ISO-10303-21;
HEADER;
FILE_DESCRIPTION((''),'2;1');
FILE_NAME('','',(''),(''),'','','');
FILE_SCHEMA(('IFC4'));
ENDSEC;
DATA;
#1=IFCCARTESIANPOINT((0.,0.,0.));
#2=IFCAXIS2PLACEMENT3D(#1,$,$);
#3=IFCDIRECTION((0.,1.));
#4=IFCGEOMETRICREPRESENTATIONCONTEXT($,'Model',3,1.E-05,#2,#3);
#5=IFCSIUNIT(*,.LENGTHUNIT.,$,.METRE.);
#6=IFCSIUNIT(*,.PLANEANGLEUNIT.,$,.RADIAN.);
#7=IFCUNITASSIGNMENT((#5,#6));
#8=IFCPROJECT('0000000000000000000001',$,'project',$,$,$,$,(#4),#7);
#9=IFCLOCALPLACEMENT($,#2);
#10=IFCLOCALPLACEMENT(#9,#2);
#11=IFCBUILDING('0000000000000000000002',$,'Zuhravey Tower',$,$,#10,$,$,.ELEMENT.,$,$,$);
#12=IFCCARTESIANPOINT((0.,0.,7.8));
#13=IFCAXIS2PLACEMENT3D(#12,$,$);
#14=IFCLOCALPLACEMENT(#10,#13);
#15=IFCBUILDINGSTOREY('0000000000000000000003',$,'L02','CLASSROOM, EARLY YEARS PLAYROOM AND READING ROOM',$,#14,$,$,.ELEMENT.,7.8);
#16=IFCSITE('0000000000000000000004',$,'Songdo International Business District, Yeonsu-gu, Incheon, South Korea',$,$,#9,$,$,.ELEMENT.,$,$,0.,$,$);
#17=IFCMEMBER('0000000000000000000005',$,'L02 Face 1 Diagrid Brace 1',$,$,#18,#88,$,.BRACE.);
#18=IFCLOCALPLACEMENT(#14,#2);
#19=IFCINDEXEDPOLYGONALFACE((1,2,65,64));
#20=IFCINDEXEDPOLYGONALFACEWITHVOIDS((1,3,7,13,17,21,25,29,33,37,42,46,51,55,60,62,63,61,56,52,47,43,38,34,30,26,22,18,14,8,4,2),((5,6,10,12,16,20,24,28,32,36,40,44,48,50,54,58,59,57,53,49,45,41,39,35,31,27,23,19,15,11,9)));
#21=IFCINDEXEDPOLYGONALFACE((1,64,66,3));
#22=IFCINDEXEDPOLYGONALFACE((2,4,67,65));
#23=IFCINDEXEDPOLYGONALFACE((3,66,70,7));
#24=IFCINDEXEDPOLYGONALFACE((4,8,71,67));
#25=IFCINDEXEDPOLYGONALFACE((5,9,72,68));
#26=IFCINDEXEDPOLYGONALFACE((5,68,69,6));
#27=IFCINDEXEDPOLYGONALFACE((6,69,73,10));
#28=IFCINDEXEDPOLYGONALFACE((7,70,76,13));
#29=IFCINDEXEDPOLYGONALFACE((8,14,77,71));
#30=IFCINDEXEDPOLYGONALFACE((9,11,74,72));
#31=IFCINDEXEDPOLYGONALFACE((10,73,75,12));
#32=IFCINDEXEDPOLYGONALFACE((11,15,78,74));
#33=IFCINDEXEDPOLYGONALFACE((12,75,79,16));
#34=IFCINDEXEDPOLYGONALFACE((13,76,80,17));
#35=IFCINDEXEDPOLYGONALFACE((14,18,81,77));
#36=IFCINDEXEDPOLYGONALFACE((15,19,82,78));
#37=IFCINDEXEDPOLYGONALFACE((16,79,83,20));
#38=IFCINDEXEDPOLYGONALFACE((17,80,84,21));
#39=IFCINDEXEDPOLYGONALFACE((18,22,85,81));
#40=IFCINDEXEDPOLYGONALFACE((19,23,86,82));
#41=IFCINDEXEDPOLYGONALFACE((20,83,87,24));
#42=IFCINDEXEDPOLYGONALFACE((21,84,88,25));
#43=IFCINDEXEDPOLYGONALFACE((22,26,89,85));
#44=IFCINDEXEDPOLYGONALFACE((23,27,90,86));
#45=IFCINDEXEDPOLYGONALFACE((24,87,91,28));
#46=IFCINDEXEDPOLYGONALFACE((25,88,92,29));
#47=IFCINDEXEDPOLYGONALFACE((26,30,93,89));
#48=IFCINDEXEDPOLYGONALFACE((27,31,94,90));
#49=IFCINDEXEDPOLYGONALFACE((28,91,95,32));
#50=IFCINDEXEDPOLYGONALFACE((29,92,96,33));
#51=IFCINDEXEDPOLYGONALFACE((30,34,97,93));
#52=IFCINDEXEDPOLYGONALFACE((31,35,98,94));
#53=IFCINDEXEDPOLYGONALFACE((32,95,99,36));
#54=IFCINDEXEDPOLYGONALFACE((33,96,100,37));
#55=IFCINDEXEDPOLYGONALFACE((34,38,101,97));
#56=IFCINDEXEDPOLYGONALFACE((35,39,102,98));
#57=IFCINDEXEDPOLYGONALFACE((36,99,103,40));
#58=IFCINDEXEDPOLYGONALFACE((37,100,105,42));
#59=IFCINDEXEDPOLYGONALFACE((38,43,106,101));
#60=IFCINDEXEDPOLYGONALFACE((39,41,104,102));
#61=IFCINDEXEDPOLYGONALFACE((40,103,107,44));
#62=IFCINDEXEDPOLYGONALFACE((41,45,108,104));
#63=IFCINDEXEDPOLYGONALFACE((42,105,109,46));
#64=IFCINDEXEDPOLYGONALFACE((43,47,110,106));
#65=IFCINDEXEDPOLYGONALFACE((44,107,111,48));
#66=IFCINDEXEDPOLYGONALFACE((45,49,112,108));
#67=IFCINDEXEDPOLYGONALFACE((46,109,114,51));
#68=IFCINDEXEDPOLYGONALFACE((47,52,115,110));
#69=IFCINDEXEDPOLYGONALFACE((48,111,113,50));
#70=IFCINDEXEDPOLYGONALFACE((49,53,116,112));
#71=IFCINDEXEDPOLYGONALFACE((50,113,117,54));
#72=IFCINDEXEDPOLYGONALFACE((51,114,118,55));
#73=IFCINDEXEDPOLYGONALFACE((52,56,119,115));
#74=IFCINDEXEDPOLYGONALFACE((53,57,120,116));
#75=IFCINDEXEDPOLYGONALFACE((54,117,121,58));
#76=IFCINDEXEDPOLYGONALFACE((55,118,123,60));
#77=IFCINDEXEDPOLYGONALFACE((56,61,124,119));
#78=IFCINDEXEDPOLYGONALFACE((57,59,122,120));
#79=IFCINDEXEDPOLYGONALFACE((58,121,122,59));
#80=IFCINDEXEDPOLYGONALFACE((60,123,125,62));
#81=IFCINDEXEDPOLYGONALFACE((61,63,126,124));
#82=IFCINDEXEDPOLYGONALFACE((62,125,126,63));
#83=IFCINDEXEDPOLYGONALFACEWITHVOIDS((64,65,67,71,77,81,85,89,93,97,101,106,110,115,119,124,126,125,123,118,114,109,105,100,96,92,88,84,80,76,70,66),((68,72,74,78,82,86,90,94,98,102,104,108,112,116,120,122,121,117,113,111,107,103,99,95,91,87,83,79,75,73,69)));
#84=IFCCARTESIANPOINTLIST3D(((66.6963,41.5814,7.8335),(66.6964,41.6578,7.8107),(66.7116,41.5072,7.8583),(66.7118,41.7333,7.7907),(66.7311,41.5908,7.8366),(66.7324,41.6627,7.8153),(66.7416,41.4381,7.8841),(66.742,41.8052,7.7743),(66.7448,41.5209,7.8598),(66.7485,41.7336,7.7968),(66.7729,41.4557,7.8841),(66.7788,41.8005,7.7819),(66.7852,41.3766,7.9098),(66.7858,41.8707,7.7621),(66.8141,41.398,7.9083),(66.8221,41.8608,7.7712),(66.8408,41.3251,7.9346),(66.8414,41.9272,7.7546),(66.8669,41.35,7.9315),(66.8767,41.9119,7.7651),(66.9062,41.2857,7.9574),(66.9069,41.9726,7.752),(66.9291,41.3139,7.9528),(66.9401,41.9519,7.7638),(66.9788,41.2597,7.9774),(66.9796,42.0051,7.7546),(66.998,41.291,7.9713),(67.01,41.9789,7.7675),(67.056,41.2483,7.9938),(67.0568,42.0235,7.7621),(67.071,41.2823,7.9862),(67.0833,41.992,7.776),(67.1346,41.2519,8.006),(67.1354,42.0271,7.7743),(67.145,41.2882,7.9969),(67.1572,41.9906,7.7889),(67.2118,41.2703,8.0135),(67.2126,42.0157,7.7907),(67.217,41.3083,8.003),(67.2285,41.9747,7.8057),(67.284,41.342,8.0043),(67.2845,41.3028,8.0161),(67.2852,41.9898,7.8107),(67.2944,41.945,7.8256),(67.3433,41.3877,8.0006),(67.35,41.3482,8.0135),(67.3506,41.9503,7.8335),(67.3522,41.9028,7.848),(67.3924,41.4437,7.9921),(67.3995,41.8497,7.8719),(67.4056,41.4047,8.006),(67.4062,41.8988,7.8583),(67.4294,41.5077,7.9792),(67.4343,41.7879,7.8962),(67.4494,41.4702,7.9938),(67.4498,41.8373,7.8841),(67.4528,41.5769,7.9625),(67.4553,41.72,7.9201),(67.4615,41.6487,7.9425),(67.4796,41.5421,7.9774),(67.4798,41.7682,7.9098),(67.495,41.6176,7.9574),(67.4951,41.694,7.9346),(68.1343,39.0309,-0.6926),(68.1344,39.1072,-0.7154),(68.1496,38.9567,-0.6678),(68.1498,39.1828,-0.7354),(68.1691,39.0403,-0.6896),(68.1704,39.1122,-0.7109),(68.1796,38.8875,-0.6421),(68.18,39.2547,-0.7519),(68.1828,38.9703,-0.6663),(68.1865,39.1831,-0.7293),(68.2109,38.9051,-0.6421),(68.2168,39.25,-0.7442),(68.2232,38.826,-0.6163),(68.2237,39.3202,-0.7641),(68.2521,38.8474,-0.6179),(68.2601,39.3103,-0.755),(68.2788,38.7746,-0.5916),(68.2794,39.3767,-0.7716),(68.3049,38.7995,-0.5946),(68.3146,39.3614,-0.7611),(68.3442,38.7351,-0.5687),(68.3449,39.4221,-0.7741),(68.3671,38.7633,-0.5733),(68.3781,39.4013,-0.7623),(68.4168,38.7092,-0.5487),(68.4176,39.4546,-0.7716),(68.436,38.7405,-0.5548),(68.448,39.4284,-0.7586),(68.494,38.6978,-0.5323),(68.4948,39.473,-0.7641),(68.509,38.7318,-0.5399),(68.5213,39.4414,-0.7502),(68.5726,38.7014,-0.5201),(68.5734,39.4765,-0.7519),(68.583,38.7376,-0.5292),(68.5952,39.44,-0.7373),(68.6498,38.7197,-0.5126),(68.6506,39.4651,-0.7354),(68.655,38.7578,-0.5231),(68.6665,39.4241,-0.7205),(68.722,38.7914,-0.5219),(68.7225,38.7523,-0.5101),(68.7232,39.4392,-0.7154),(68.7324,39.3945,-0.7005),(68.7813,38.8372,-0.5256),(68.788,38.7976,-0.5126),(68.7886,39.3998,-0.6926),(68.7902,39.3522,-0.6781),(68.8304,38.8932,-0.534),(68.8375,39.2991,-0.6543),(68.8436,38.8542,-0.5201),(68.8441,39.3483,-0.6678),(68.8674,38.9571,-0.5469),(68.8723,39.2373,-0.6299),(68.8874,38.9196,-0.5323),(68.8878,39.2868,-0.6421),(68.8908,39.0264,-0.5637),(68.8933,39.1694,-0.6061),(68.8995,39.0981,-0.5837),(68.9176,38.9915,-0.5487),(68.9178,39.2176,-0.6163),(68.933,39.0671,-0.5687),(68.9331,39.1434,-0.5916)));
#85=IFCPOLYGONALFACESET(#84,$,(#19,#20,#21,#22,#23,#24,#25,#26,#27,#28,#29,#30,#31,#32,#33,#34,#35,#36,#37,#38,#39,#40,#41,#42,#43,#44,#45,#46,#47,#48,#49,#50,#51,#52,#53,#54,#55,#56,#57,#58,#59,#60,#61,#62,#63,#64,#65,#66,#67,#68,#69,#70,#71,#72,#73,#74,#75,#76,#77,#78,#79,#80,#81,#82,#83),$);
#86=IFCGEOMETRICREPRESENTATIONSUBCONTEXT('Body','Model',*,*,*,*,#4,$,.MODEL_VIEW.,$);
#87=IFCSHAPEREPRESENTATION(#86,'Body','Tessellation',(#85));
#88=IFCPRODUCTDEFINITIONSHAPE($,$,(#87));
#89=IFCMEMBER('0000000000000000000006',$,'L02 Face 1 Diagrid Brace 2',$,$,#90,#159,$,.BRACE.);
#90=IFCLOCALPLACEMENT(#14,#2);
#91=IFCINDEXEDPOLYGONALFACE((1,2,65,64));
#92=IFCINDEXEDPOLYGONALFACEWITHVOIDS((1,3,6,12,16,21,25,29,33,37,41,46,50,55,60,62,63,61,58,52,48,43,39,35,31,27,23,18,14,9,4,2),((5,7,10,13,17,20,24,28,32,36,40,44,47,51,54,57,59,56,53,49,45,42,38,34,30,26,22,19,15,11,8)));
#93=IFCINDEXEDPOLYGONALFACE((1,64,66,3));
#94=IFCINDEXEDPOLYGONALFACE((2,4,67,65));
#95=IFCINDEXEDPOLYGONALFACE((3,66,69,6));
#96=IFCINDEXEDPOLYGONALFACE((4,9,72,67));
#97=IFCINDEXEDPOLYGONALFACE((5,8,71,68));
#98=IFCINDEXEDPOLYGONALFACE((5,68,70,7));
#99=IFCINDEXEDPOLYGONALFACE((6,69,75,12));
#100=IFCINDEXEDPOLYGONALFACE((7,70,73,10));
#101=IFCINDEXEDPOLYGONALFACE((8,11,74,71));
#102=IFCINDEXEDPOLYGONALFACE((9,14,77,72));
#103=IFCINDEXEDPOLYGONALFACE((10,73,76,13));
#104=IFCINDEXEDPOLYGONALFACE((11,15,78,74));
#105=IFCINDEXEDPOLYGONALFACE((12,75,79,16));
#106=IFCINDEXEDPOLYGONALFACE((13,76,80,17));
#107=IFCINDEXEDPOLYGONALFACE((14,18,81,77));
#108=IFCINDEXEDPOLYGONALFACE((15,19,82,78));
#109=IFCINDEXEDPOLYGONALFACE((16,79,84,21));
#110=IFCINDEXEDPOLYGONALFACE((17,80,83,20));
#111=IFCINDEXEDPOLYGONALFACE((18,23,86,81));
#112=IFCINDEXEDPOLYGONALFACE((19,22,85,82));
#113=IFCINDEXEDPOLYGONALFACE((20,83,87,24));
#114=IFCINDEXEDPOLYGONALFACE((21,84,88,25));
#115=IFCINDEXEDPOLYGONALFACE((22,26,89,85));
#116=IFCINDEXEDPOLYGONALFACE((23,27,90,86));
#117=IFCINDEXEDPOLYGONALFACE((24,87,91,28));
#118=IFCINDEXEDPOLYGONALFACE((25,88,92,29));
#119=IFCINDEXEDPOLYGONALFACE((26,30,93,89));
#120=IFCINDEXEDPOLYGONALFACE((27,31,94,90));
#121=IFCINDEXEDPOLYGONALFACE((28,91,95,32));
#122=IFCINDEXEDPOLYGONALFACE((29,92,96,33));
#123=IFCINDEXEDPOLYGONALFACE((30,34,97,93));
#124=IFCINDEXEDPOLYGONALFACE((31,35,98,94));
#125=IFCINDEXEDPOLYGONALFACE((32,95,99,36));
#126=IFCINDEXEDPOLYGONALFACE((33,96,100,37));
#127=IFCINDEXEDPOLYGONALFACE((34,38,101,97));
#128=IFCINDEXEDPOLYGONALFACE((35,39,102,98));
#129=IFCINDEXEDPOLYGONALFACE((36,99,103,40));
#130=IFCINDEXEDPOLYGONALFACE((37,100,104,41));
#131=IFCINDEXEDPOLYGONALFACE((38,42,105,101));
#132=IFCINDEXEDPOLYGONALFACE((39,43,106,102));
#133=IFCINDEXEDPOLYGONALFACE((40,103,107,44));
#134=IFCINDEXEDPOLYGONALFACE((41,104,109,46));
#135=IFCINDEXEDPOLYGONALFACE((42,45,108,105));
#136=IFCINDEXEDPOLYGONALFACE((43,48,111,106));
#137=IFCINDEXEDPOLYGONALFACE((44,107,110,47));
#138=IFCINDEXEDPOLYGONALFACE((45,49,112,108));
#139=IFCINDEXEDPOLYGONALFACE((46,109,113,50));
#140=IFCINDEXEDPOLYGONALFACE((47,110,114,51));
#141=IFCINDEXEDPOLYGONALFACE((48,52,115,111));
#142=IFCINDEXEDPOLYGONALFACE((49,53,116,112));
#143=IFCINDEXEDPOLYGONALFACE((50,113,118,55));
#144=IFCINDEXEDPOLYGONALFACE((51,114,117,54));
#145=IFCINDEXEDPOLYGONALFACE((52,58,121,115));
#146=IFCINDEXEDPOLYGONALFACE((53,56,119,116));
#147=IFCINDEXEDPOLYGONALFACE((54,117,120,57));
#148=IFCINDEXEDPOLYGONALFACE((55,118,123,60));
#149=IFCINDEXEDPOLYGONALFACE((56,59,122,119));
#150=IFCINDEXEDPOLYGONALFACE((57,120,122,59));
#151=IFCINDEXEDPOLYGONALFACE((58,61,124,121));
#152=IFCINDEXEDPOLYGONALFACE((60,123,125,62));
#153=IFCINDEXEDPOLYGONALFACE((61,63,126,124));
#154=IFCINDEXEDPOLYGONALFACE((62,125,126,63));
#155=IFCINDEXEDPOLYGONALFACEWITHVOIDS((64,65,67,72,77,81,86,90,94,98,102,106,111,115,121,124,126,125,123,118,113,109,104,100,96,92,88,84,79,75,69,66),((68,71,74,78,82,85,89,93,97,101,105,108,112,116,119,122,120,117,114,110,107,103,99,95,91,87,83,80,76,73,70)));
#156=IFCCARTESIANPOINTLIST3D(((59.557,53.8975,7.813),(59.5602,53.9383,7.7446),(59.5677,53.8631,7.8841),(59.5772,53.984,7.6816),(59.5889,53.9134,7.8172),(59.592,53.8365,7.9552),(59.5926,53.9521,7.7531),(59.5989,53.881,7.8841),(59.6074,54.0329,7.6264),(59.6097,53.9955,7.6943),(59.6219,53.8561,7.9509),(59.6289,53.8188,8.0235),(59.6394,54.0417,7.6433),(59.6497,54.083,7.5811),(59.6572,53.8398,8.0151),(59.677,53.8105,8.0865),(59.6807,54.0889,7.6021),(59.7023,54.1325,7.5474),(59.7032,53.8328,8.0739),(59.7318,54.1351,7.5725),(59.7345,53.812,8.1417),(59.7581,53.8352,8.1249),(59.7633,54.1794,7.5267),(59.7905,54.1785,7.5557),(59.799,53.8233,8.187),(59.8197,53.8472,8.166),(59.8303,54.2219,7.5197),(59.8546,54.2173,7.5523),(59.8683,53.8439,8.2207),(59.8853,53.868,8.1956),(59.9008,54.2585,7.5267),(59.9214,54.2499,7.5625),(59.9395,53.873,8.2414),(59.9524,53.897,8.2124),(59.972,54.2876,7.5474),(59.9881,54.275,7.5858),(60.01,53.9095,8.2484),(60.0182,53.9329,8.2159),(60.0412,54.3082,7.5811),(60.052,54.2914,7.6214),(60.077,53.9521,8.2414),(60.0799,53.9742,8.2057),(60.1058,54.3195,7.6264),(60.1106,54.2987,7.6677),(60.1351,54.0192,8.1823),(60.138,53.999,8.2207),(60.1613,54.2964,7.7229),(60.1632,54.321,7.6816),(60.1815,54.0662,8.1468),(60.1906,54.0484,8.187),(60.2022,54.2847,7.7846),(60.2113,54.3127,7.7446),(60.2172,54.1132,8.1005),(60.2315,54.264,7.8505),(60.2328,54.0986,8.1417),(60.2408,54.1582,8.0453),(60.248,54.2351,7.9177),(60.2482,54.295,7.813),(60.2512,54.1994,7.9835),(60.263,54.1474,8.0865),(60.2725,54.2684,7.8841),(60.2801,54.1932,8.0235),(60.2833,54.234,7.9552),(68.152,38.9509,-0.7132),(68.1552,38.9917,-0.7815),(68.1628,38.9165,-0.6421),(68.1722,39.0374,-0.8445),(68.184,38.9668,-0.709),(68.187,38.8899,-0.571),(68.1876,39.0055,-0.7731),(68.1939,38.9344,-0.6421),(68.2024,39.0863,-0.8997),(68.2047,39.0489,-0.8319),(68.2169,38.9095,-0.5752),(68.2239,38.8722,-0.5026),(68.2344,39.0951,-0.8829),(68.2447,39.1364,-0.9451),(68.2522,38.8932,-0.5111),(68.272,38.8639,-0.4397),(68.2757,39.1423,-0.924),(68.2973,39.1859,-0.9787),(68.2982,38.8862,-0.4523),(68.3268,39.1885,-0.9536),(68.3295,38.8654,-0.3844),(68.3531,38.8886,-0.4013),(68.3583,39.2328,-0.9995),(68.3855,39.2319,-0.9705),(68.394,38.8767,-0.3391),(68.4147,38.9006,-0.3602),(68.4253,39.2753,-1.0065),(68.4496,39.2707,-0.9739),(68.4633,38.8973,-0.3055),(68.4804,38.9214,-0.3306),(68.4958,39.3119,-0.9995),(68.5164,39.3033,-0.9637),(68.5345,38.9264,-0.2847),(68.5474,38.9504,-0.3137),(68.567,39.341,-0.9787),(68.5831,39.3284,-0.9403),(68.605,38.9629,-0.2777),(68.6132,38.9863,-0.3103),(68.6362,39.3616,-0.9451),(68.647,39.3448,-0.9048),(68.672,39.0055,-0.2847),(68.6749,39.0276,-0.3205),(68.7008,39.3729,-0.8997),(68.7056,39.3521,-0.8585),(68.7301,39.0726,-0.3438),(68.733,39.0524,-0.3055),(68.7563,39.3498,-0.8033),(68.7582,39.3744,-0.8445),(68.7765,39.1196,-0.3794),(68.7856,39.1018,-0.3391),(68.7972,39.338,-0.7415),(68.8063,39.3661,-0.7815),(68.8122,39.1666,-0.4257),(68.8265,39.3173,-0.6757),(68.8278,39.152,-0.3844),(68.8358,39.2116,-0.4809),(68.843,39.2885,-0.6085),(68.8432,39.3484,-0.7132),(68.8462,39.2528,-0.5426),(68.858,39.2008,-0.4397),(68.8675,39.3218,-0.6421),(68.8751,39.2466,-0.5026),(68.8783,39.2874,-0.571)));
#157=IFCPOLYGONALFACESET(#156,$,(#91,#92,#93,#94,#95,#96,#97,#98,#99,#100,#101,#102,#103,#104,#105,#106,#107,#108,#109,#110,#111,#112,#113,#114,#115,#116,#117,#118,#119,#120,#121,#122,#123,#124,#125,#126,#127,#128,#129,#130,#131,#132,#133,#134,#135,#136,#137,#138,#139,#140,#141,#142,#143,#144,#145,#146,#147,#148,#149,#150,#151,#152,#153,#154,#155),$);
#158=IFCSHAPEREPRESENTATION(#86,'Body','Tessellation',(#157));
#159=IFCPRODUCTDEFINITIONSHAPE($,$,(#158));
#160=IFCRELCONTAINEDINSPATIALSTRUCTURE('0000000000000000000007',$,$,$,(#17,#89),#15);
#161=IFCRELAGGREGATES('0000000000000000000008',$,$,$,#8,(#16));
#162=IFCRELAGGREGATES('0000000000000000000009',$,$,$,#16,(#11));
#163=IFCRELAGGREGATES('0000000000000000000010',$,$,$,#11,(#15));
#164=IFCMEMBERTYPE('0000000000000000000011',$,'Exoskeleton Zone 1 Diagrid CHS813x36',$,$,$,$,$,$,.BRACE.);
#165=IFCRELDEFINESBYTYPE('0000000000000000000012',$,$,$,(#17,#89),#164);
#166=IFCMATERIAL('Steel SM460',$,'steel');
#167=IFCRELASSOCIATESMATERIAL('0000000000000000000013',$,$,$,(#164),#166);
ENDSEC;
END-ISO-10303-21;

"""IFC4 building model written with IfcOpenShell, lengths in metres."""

from ifc_helpers import new_model, si_unit, direction, frame, origin, origin_2d, place, context, subcontext, project, spatial, hollow_circle, extrude, material, material_profile, profile_set, type_object, element, save


model = new_model("IFC4")

# Units and contexts
model_context = context("Model", 3, precision=1e-05, world=origin(), true_north=direction((0.0, 1.0)))
body_context = subcontext(model_context, "Body", "Model", "MODEL_VIEW")
ifc_project = project(units=[si_unit("LENGTHUNIT", "METRE"), si_unit("PLANEANGLEUNIT", "RADIAN")], contexts=[model_context])

# Site, building, storey
site_placement = place(None, origin())
site = spatial("IfcSite", under=ifc_project, at=site_placement, Name="Songdo International Business District, Yeonsu-gu, Incheon, South Korea", CompositionType="ELEMENT", RefElevation=0.0)
building_placement = place(site_placement, origin())
building = spatial("IfcBuilding", under=site, at=building_placement, Name="Zuhravey Tower", CompositionType="ELEMENT")
storey_placement = place(building_placement, frame((0.0, 0.0, 7.8)))
storey = spatial("IfcBuildingStorey", under=building, at=storey_placement, Name="L02", Description="CLASSROOM, EARLY YEARS PLAYROOM AND READING ROOM", CompositionType="ELEMENT", Elevation=7.8)

# Members
ifc_material_1 = material(Name="Steel SM460", Category="steel")
ifc_material_profile_1 = material_profile(ifc_material_1, hollow_circle(Radius=0.4065, WallThickness=0.0359, at=origin_2d()), Name="CHS-812.8x36")
ifc_profile_set_1 = profile_set([ifc_material_profile_1], Name="Steel SM460")
member_type_1 = type_object("IfcMemberType", Name="Exoskeleton Zone 1 Diagrid CHS813x36", PredefinedType="BRACE", material=ifc_profile_set_1)
member_1_placement = place(storey_placement, frame((68.5337, 39.0872, -0.6421), z_axis=(-0.159513, 0.282926, 0.945785), x_axis=(-0.871092, -0.49112, 0.0)))
element("IfcMember", 1, at=member_1_placement, inside=storey, type_object=member_type_1, Name="L02 Face 1 Diagrid Brace 1", PredefinedType="BRACE", context=body_context, shape_type="SweptSolid", body=[
    extrude(hollow_circle(Radius=0.4065, WallThickness=0.0359, at=origin_2d()), origin(), (0.0, 0.0, 1.0), 9.0149),
])
member_2_placement = place(storey_placement, frame((68.5151, 39.1191, -0.6421), z_axis=(-0.446851, 0.777068, 0.443272), x_axis=(-0.866888, -0.498502, 0.0)))
element("IfcMember", 2, at=member_2_placement, inside=storey, type_object=member_type_1, Name="L02 Face 1 Diagrid Brace 2", PredefinedType="BRACE", context=body_context, shape_type="SweptSolid", body=[
    extrude(hollow_circle(Radius=0.4065, WallThickness=0.0359, at=origin_2d()), origin(), (0.0, 0.0, 1.0), 19.2346),
])

save(model, "model.ifc")
